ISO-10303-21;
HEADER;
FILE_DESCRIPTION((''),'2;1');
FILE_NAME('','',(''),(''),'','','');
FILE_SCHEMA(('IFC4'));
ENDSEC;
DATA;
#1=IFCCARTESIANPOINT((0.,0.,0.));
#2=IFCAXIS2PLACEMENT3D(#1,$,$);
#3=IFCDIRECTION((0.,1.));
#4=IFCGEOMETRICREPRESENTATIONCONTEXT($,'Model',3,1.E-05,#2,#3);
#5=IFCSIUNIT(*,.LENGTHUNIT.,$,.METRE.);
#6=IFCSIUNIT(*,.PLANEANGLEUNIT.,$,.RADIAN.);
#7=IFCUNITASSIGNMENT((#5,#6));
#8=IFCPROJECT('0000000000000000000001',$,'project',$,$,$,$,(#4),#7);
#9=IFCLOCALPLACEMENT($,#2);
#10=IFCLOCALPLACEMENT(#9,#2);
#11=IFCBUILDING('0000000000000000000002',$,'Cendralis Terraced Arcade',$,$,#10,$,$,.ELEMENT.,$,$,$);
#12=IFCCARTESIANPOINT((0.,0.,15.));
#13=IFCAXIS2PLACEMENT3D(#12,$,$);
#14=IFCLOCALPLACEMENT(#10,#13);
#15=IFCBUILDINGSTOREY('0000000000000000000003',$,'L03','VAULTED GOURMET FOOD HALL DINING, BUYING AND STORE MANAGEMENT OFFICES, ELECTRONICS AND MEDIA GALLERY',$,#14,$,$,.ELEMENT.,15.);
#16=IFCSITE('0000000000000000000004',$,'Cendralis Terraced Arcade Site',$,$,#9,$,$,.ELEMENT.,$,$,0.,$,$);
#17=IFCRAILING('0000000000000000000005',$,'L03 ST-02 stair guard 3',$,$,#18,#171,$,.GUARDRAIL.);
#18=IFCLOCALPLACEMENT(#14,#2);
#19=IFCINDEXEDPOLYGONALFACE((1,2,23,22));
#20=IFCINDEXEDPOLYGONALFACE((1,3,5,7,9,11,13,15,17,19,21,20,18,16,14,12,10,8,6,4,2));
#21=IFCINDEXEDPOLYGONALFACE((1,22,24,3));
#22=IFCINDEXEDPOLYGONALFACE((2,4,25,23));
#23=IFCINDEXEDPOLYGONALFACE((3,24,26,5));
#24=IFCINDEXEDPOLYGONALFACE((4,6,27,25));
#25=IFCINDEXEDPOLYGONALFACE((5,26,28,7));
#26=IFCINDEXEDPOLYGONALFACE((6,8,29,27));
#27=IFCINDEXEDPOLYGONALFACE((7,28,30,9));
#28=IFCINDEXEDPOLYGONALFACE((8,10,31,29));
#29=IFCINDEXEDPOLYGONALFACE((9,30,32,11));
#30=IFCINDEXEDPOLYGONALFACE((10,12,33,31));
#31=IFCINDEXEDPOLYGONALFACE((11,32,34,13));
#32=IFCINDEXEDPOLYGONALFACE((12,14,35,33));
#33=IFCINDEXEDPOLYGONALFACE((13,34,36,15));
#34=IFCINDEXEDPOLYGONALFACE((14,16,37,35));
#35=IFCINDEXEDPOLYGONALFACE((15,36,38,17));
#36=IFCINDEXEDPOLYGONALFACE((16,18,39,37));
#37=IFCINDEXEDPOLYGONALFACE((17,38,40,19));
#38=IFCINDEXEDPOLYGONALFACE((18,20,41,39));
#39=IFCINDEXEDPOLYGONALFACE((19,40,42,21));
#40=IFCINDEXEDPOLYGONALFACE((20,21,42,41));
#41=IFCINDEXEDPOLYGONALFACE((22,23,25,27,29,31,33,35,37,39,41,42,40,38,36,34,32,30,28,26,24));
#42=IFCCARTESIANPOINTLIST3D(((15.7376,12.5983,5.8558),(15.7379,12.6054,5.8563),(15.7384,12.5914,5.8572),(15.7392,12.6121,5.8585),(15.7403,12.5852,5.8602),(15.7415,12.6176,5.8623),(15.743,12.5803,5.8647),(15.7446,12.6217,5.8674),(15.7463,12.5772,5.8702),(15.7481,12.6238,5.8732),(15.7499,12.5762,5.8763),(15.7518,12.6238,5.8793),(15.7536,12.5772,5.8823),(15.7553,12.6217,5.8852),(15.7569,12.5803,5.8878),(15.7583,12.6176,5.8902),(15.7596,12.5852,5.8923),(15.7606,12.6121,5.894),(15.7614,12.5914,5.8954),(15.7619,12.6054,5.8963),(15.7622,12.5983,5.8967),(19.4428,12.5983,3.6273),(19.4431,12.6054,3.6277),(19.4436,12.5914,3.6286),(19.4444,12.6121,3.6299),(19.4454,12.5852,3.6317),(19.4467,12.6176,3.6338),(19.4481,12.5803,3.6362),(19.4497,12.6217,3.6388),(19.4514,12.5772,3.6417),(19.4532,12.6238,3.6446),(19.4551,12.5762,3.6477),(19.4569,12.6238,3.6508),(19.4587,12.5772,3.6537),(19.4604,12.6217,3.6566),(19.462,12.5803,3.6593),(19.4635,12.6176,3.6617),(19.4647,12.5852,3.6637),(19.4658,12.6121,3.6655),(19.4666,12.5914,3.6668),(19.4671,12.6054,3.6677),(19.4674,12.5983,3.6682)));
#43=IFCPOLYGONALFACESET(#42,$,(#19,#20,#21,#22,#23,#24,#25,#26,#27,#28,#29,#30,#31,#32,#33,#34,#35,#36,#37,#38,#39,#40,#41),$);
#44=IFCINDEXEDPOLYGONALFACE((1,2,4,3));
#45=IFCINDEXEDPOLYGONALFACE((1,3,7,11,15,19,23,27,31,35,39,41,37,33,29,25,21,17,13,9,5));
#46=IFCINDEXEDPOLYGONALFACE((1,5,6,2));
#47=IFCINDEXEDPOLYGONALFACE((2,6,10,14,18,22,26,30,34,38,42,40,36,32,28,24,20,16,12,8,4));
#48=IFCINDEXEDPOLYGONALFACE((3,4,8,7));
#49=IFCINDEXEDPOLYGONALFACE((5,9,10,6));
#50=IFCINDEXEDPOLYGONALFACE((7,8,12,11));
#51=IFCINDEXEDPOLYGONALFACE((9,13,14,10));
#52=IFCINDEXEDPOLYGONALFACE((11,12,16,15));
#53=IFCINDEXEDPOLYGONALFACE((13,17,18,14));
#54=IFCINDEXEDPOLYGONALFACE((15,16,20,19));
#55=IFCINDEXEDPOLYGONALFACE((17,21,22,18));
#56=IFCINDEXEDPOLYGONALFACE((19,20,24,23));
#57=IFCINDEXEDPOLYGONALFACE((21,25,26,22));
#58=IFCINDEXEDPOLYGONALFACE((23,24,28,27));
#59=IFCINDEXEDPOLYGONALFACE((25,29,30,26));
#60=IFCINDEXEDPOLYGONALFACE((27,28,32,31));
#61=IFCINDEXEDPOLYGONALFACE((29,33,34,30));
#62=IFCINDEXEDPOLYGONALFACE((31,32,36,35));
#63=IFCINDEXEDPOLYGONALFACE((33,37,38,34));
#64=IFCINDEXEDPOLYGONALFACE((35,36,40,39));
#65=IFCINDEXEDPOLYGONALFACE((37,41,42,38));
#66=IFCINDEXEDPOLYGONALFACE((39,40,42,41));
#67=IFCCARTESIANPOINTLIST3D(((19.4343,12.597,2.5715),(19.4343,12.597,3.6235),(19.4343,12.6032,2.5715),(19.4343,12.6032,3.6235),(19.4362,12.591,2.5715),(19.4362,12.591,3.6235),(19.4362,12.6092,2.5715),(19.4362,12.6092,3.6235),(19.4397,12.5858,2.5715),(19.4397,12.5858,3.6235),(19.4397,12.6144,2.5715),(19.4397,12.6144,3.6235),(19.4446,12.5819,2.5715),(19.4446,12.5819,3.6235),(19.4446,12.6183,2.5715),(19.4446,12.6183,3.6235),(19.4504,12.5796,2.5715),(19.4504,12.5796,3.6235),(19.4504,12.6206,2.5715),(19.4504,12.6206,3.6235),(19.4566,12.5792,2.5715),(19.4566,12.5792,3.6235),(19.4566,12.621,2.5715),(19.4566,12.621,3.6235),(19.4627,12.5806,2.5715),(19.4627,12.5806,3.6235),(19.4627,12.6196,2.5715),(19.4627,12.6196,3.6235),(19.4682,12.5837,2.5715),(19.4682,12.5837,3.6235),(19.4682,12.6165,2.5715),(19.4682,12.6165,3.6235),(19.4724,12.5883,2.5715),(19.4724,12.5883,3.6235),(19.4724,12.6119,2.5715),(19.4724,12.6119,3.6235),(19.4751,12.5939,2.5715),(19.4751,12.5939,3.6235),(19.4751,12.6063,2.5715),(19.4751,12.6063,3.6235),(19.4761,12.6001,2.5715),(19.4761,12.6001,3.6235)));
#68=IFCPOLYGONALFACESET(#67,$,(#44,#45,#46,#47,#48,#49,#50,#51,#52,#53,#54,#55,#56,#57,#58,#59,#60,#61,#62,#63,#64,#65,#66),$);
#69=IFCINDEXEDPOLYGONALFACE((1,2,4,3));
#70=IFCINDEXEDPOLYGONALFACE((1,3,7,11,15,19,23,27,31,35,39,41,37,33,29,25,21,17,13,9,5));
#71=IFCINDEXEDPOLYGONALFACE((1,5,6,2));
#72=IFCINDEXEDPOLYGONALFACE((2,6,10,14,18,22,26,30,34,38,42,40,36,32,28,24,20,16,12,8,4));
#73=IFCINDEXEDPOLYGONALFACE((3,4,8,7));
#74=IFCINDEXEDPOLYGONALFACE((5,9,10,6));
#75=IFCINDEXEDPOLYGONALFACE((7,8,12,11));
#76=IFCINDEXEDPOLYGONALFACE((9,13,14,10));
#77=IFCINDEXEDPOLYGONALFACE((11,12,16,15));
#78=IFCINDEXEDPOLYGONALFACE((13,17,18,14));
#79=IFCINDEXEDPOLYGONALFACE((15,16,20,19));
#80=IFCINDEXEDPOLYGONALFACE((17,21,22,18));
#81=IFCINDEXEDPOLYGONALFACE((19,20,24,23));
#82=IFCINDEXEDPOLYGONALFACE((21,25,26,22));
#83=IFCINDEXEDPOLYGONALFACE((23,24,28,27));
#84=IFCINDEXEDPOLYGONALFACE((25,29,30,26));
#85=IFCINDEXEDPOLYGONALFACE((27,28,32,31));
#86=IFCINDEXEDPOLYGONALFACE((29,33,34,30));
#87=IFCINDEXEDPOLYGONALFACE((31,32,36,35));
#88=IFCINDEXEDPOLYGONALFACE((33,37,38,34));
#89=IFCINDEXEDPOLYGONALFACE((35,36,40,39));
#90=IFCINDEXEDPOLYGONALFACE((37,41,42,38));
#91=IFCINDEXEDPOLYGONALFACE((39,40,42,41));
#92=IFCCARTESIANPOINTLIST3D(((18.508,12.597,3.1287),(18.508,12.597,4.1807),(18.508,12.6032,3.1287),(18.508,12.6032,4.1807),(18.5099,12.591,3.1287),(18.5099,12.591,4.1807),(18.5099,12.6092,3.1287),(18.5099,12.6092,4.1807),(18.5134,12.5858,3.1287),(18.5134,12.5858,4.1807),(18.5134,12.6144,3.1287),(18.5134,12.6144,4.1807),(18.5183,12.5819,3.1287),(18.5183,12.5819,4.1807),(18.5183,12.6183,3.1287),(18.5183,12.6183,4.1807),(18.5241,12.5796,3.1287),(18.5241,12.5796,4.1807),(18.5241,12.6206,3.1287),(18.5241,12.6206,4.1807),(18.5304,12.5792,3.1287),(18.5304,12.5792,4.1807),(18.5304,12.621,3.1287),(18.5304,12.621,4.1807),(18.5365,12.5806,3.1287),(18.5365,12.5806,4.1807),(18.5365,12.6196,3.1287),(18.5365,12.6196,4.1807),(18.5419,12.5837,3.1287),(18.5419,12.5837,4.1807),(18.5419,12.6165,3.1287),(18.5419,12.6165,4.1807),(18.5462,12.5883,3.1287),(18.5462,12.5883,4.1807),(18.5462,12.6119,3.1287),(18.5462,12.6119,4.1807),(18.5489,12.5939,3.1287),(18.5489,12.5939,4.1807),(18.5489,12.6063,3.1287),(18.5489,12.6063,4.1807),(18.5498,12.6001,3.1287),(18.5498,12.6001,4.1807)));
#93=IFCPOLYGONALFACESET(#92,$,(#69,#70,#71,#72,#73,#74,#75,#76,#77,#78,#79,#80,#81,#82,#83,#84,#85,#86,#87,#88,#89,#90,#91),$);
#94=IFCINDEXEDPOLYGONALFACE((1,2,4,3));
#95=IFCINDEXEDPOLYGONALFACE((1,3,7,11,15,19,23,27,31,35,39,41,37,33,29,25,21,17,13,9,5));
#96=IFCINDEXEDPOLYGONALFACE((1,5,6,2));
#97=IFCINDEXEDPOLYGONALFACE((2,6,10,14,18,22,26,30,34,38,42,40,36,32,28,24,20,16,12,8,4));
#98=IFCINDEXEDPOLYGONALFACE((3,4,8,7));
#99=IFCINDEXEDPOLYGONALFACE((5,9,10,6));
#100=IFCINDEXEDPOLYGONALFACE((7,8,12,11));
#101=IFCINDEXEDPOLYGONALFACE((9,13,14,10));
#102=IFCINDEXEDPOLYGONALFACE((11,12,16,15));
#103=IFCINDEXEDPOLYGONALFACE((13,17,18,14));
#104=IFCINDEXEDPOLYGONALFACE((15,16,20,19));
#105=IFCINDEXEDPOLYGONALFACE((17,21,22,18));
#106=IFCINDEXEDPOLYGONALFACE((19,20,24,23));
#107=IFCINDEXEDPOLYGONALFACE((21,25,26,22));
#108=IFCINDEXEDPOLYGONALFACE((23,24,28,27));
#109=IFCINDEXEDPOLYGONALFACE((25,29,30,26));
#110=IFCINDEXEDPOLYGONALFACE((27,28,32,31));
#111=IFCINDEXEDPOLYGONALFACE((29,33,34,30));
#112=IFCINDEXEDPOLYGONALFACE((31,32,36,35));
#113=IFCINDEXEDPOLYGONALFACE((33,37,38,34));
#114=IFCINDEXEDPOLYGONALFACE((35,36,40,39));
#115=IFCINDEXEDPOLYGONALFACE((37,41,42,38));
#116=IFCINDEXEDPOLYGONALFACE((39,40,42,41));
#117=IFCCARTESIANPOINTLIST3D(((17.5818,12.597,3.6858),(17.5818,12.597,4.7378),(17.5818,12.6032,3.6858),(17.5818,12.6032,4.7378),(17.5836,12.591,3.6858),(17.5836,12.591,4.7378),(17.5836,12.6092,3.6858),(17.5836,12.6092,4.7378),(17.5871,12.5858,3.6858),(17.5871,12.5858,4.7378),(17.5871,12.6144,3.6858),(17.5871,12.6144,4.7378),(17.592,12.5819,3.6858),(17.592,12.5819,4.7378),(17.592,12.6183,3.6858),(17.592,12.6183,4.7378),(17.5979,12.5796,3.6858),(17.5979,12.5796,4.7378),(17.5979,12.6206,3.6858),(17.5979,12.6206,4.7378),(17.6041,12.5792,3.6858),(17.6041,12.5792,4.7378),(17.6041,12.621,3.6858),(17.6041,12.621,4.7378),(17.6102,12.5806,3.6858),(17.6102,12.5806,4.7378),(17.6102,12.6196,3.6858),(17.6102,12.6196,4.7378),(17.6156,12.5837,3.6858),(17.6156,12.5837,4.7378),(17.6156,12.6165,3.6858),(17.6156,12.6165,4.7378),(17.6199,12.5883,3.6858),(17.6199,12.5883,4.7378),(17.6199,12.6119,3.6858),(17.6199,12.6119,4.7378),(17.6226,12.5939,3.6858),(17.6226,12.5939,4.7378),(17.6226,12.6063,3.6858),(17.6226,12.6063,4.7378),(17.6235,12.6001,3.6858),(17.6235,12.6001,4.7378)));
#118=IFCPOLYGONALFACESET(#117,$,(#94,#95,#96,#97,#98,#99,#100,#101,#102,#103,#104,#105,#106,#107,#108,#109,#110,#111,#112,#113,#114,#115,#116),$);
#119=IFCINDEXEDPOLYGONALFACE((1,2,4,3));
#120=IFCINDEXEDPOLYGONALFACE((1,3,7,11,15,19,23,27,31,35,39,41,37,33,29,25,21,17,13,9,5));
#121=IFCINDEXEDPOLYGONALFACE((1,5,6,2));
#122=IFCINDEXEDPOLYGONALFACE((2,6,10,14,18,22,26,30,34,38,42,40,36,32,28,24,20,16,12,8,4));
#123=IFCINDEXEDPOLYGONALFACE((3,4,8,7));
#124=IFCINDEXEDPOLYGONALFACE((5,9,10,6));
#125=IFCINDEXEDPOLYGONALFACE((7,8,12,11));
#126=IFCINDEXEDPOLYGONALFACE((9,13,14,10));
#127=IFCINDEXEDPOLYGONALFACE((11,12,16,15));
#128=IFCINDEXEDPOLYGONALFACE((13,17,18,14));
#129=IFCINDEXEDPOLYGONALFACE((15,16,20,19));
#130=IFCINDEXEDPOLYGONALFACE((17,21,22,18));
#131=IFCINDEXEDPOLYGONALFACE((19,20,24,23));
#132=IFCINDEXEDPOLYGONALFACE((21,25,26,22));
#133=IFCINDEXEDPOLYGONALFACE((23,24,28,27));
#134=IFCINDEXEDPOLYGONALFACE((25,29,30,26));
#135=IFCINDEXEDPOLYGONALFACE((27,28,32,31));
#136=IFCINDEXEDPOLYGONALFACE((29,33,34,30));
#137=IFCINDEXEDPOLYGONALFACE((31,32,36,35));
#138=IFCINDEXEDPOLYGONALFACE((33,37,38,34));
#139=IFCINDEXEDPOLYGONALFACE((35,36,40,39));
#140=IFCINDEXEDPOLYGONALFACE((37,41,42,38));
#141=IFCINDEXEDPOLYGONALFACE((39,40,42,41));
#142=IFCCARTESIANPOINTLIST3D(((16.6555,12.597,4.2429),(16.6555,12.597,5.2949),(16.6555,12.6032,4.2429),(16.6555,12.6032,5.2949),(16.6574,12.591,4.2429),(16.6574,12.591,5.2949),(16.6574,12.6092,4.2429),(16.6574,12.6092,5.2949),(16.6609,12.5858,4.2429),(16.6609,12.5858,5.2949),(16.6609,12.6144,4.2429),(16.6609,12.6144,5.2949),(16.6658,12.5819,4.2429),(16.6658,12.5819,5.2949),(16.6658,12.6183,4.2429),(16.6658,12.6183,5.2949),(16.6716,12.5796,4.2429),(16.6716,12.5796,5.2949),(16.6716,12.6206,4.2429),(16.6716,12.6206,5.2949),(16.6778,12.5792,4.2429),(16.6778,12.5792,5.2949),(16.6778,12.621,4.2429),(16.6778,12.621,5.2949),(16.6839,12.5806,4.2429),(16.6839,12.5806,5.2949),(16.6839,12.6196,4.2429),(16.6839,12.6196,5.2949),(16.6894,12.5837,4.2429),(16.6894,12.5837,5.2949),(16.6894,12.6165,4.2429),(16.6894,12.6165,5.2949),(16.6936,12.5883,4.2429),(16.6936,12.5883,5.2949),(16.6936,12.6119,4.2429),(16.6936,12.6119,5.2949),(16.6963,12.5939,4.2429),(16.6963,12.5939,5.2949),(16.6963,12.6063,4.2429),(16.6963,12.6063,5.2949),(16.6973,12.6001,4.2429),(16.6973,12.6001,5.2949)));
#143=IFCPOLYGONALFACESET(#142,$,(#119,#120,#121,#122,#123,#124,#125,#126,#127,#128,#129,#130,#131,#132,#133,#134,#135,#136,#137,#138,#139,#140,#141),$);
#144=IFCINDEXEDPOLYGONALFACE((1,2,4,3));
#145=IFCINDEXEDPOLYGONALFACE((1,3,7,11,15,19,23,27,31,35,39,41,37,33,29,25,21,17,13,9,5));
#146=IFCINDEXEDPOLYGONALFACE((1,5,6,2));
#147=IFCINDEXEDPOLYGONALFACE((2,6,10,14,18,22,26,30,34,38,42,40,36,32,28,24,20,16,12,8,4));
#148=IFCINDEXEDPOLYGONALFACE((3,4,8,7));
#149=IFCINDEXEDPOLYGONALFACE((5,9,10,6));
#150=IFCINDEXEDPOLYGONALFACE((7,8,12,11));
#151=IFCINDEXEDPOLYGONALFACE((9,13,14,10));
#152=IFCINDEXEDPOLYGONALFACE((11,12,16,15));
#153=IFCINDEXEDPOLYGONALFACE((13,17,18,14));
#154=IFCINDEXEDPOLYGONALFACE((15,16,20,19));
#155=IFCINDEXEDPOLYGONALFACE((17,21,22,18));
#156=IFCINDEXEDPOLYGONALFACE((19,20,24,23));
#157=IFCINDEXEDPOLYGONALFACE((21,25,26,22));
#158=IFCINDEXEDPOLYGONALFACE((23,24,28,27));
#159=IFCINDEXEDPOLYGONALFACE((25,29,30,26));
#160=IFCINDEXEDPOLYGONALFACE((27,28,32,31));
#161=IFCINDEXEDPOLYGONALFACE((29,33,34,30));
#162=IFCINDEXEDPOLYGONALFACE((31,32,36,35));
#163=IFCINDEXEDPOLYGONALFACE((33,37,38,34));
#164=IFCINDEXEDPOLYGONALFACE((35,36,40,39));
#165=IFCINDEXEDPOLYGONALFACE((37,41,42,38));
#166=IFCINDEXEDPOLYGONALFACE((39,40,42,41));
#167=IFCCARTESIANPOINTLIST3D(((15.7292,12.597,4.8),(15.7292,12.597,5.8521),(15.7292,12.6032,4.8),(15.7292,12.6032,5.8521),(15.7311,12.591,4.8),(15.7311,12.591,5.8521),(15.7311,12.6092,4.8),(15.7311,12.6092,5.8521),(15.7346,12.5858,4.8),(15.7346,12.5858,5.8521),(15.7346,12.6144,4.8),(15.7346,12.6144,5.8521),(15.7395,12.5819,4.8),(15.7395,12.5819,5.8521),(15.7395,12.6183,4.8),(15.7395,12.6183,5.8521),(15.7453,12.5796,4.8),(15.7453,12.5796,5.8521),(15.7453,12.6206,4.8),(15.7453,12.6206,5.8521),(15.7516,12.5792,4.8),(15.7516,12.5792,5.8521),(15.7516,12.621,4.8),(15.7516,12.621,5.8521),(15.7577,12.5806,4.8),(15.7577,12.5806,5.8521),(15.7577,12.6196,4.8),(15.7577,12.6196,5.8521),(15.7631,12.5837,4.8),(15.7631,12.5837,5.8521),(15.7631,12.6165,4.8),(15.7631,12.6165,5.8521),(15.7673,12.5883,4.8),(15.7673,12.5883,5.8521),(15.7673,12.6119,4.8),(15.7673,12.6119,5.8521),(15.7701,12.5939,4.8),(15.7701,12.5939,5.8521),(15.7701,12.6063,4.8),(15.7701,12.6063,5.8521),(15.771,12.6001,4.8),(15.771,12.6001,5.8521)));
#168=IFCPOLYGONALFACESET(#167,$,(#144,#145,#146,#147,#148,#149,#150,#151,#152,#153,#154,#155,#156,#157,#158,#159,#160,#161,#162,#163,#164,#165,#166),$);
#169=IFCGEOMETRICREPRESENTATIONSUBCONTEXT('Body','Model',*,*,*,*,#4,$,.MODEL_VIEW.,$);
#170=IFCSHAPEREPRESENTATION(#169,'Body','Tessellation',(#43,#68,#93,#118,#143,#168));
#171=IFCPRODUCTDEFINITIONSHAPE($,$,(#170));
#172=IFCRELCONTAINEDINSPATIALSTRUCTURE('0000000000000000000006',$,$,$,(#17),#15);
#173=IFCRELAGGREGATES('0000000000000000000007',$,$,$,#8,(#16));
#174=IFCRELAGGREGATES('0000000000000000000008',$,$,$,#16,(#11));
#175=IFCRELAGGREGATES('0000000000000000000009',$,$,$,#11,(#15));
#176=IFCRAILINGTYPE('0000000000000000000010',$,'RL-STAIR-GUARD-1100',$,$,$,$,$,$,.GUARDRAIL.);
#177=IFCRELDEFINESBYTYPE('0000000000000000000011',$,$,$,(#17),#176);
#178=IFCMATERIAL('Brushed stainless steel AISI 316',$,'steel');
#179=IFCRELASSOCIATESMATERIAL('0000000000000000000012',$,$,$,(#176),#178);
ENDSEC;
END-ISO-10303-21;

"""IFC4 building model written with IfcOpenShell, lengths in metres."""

from ifc_helpers import new_model, si_unit, direction, frame, origin, origin_2d, place, context, subcontext, project, spatial, circle, extrude, material, type_object, element, save


model = new_model("IFC4")

# Units and contexts
model_context = context("Model", 3, precision=1e-05, world=origin(), true_north=direction((0.0, 1.0)))
body_context = subcontext(model_context, "Body", "Model", "MODEL_VIEW")
ifc_project = project(units=[si_unit("LENGTHUNIT", "METRE"), si_unit("PLANEANGLEUNIT", "RADIAN")], contexts=[model_context])

# Site, building, storey
site_placement = place(None, origin())
site = spatial("IfcSite", under=ifc_project, at=site_placement, Name="Cendralis Terraced Arcade Site", CompositionType="ELEMENT", RefElevation=0.0)
building_placement = place(site_placement, origin())
building = spatial("IfcBuilding", under=site, at=building_placement, Name="Cendralis Terraced Arcade", CompositionType="ELEMENT")
storey_placement = place(building_placement, frame((0.0, 0.0, 15.0)))
storey = spatial("IfcBuildingStorey", under=building, at=storey_placement, Name="L03", Description="VAULTED GOURMET FOOD HALL DINING, BUYING AND STORE MANAGEMENT OFFICES, ELECTRONICS AND MEDIA GALLERY", CompositionType="ELEMENT", Elevation=15.0)

# Railing
ifc_material_1 = material(Name="Brushed stainless steel AISI 316", Category="steel")
railing_type_1 = type_object("IfcRailingType", Name="RL-STAIR-GUARD-1100", PredefinedType="GUARDRAIL", material=ifc_material_1)
railing_1_placement = place(storey_placement, frame((19.4551, 12.6001, 2.5715)))
element("IfcRailing", 1, at=railing_1_placement, inside=storey, type_object=railing_type_1, Name="L03 ST-02 stair guard 3", PredefinedType="GUARDRAIL", context=body_context, shape_type="SweptSolid", body=[
    extrude(circle(Radius=0.0239, at=origin_2d()), frame((0.0, 0.0, 1.0762), z_axis=(-0.856934, 0.0, 0.515425), x_axis=(0.0, -1.0, 0.0)), (0.0, 0.0, 1.0), 4.3237),
    extrude(circle(Radius=0.021, at=origin_2d()), origin(), (0.0, 0.0, 1.0), 1.052),
    extrude(circle(Radius=0.021, at=origin_2d()), frame((-0.9263, 0.0, 0.5571)), (0.0, 0.0, 1.0), 1.052),
    extrude(circle(Radius=0.021, at=origin_2d()), frame((-1.8525, 0.0, 1.1143)), (0.0, 0.0, 1.0), 1.052),
    extrude(circle(Radius=0.021, at=origin_2d()), frame((-2.7788, 0.0, 1.6714)), (0.0, 0.0, 1.0), 1.052),
    extrude(circle(Radius=0.021, at=origin_2d()), frame((-3.7051, 0.0, 2.2285)), (0.0, 0.0, 1.0), 1.052),
])

save(model, "model.ifc")
